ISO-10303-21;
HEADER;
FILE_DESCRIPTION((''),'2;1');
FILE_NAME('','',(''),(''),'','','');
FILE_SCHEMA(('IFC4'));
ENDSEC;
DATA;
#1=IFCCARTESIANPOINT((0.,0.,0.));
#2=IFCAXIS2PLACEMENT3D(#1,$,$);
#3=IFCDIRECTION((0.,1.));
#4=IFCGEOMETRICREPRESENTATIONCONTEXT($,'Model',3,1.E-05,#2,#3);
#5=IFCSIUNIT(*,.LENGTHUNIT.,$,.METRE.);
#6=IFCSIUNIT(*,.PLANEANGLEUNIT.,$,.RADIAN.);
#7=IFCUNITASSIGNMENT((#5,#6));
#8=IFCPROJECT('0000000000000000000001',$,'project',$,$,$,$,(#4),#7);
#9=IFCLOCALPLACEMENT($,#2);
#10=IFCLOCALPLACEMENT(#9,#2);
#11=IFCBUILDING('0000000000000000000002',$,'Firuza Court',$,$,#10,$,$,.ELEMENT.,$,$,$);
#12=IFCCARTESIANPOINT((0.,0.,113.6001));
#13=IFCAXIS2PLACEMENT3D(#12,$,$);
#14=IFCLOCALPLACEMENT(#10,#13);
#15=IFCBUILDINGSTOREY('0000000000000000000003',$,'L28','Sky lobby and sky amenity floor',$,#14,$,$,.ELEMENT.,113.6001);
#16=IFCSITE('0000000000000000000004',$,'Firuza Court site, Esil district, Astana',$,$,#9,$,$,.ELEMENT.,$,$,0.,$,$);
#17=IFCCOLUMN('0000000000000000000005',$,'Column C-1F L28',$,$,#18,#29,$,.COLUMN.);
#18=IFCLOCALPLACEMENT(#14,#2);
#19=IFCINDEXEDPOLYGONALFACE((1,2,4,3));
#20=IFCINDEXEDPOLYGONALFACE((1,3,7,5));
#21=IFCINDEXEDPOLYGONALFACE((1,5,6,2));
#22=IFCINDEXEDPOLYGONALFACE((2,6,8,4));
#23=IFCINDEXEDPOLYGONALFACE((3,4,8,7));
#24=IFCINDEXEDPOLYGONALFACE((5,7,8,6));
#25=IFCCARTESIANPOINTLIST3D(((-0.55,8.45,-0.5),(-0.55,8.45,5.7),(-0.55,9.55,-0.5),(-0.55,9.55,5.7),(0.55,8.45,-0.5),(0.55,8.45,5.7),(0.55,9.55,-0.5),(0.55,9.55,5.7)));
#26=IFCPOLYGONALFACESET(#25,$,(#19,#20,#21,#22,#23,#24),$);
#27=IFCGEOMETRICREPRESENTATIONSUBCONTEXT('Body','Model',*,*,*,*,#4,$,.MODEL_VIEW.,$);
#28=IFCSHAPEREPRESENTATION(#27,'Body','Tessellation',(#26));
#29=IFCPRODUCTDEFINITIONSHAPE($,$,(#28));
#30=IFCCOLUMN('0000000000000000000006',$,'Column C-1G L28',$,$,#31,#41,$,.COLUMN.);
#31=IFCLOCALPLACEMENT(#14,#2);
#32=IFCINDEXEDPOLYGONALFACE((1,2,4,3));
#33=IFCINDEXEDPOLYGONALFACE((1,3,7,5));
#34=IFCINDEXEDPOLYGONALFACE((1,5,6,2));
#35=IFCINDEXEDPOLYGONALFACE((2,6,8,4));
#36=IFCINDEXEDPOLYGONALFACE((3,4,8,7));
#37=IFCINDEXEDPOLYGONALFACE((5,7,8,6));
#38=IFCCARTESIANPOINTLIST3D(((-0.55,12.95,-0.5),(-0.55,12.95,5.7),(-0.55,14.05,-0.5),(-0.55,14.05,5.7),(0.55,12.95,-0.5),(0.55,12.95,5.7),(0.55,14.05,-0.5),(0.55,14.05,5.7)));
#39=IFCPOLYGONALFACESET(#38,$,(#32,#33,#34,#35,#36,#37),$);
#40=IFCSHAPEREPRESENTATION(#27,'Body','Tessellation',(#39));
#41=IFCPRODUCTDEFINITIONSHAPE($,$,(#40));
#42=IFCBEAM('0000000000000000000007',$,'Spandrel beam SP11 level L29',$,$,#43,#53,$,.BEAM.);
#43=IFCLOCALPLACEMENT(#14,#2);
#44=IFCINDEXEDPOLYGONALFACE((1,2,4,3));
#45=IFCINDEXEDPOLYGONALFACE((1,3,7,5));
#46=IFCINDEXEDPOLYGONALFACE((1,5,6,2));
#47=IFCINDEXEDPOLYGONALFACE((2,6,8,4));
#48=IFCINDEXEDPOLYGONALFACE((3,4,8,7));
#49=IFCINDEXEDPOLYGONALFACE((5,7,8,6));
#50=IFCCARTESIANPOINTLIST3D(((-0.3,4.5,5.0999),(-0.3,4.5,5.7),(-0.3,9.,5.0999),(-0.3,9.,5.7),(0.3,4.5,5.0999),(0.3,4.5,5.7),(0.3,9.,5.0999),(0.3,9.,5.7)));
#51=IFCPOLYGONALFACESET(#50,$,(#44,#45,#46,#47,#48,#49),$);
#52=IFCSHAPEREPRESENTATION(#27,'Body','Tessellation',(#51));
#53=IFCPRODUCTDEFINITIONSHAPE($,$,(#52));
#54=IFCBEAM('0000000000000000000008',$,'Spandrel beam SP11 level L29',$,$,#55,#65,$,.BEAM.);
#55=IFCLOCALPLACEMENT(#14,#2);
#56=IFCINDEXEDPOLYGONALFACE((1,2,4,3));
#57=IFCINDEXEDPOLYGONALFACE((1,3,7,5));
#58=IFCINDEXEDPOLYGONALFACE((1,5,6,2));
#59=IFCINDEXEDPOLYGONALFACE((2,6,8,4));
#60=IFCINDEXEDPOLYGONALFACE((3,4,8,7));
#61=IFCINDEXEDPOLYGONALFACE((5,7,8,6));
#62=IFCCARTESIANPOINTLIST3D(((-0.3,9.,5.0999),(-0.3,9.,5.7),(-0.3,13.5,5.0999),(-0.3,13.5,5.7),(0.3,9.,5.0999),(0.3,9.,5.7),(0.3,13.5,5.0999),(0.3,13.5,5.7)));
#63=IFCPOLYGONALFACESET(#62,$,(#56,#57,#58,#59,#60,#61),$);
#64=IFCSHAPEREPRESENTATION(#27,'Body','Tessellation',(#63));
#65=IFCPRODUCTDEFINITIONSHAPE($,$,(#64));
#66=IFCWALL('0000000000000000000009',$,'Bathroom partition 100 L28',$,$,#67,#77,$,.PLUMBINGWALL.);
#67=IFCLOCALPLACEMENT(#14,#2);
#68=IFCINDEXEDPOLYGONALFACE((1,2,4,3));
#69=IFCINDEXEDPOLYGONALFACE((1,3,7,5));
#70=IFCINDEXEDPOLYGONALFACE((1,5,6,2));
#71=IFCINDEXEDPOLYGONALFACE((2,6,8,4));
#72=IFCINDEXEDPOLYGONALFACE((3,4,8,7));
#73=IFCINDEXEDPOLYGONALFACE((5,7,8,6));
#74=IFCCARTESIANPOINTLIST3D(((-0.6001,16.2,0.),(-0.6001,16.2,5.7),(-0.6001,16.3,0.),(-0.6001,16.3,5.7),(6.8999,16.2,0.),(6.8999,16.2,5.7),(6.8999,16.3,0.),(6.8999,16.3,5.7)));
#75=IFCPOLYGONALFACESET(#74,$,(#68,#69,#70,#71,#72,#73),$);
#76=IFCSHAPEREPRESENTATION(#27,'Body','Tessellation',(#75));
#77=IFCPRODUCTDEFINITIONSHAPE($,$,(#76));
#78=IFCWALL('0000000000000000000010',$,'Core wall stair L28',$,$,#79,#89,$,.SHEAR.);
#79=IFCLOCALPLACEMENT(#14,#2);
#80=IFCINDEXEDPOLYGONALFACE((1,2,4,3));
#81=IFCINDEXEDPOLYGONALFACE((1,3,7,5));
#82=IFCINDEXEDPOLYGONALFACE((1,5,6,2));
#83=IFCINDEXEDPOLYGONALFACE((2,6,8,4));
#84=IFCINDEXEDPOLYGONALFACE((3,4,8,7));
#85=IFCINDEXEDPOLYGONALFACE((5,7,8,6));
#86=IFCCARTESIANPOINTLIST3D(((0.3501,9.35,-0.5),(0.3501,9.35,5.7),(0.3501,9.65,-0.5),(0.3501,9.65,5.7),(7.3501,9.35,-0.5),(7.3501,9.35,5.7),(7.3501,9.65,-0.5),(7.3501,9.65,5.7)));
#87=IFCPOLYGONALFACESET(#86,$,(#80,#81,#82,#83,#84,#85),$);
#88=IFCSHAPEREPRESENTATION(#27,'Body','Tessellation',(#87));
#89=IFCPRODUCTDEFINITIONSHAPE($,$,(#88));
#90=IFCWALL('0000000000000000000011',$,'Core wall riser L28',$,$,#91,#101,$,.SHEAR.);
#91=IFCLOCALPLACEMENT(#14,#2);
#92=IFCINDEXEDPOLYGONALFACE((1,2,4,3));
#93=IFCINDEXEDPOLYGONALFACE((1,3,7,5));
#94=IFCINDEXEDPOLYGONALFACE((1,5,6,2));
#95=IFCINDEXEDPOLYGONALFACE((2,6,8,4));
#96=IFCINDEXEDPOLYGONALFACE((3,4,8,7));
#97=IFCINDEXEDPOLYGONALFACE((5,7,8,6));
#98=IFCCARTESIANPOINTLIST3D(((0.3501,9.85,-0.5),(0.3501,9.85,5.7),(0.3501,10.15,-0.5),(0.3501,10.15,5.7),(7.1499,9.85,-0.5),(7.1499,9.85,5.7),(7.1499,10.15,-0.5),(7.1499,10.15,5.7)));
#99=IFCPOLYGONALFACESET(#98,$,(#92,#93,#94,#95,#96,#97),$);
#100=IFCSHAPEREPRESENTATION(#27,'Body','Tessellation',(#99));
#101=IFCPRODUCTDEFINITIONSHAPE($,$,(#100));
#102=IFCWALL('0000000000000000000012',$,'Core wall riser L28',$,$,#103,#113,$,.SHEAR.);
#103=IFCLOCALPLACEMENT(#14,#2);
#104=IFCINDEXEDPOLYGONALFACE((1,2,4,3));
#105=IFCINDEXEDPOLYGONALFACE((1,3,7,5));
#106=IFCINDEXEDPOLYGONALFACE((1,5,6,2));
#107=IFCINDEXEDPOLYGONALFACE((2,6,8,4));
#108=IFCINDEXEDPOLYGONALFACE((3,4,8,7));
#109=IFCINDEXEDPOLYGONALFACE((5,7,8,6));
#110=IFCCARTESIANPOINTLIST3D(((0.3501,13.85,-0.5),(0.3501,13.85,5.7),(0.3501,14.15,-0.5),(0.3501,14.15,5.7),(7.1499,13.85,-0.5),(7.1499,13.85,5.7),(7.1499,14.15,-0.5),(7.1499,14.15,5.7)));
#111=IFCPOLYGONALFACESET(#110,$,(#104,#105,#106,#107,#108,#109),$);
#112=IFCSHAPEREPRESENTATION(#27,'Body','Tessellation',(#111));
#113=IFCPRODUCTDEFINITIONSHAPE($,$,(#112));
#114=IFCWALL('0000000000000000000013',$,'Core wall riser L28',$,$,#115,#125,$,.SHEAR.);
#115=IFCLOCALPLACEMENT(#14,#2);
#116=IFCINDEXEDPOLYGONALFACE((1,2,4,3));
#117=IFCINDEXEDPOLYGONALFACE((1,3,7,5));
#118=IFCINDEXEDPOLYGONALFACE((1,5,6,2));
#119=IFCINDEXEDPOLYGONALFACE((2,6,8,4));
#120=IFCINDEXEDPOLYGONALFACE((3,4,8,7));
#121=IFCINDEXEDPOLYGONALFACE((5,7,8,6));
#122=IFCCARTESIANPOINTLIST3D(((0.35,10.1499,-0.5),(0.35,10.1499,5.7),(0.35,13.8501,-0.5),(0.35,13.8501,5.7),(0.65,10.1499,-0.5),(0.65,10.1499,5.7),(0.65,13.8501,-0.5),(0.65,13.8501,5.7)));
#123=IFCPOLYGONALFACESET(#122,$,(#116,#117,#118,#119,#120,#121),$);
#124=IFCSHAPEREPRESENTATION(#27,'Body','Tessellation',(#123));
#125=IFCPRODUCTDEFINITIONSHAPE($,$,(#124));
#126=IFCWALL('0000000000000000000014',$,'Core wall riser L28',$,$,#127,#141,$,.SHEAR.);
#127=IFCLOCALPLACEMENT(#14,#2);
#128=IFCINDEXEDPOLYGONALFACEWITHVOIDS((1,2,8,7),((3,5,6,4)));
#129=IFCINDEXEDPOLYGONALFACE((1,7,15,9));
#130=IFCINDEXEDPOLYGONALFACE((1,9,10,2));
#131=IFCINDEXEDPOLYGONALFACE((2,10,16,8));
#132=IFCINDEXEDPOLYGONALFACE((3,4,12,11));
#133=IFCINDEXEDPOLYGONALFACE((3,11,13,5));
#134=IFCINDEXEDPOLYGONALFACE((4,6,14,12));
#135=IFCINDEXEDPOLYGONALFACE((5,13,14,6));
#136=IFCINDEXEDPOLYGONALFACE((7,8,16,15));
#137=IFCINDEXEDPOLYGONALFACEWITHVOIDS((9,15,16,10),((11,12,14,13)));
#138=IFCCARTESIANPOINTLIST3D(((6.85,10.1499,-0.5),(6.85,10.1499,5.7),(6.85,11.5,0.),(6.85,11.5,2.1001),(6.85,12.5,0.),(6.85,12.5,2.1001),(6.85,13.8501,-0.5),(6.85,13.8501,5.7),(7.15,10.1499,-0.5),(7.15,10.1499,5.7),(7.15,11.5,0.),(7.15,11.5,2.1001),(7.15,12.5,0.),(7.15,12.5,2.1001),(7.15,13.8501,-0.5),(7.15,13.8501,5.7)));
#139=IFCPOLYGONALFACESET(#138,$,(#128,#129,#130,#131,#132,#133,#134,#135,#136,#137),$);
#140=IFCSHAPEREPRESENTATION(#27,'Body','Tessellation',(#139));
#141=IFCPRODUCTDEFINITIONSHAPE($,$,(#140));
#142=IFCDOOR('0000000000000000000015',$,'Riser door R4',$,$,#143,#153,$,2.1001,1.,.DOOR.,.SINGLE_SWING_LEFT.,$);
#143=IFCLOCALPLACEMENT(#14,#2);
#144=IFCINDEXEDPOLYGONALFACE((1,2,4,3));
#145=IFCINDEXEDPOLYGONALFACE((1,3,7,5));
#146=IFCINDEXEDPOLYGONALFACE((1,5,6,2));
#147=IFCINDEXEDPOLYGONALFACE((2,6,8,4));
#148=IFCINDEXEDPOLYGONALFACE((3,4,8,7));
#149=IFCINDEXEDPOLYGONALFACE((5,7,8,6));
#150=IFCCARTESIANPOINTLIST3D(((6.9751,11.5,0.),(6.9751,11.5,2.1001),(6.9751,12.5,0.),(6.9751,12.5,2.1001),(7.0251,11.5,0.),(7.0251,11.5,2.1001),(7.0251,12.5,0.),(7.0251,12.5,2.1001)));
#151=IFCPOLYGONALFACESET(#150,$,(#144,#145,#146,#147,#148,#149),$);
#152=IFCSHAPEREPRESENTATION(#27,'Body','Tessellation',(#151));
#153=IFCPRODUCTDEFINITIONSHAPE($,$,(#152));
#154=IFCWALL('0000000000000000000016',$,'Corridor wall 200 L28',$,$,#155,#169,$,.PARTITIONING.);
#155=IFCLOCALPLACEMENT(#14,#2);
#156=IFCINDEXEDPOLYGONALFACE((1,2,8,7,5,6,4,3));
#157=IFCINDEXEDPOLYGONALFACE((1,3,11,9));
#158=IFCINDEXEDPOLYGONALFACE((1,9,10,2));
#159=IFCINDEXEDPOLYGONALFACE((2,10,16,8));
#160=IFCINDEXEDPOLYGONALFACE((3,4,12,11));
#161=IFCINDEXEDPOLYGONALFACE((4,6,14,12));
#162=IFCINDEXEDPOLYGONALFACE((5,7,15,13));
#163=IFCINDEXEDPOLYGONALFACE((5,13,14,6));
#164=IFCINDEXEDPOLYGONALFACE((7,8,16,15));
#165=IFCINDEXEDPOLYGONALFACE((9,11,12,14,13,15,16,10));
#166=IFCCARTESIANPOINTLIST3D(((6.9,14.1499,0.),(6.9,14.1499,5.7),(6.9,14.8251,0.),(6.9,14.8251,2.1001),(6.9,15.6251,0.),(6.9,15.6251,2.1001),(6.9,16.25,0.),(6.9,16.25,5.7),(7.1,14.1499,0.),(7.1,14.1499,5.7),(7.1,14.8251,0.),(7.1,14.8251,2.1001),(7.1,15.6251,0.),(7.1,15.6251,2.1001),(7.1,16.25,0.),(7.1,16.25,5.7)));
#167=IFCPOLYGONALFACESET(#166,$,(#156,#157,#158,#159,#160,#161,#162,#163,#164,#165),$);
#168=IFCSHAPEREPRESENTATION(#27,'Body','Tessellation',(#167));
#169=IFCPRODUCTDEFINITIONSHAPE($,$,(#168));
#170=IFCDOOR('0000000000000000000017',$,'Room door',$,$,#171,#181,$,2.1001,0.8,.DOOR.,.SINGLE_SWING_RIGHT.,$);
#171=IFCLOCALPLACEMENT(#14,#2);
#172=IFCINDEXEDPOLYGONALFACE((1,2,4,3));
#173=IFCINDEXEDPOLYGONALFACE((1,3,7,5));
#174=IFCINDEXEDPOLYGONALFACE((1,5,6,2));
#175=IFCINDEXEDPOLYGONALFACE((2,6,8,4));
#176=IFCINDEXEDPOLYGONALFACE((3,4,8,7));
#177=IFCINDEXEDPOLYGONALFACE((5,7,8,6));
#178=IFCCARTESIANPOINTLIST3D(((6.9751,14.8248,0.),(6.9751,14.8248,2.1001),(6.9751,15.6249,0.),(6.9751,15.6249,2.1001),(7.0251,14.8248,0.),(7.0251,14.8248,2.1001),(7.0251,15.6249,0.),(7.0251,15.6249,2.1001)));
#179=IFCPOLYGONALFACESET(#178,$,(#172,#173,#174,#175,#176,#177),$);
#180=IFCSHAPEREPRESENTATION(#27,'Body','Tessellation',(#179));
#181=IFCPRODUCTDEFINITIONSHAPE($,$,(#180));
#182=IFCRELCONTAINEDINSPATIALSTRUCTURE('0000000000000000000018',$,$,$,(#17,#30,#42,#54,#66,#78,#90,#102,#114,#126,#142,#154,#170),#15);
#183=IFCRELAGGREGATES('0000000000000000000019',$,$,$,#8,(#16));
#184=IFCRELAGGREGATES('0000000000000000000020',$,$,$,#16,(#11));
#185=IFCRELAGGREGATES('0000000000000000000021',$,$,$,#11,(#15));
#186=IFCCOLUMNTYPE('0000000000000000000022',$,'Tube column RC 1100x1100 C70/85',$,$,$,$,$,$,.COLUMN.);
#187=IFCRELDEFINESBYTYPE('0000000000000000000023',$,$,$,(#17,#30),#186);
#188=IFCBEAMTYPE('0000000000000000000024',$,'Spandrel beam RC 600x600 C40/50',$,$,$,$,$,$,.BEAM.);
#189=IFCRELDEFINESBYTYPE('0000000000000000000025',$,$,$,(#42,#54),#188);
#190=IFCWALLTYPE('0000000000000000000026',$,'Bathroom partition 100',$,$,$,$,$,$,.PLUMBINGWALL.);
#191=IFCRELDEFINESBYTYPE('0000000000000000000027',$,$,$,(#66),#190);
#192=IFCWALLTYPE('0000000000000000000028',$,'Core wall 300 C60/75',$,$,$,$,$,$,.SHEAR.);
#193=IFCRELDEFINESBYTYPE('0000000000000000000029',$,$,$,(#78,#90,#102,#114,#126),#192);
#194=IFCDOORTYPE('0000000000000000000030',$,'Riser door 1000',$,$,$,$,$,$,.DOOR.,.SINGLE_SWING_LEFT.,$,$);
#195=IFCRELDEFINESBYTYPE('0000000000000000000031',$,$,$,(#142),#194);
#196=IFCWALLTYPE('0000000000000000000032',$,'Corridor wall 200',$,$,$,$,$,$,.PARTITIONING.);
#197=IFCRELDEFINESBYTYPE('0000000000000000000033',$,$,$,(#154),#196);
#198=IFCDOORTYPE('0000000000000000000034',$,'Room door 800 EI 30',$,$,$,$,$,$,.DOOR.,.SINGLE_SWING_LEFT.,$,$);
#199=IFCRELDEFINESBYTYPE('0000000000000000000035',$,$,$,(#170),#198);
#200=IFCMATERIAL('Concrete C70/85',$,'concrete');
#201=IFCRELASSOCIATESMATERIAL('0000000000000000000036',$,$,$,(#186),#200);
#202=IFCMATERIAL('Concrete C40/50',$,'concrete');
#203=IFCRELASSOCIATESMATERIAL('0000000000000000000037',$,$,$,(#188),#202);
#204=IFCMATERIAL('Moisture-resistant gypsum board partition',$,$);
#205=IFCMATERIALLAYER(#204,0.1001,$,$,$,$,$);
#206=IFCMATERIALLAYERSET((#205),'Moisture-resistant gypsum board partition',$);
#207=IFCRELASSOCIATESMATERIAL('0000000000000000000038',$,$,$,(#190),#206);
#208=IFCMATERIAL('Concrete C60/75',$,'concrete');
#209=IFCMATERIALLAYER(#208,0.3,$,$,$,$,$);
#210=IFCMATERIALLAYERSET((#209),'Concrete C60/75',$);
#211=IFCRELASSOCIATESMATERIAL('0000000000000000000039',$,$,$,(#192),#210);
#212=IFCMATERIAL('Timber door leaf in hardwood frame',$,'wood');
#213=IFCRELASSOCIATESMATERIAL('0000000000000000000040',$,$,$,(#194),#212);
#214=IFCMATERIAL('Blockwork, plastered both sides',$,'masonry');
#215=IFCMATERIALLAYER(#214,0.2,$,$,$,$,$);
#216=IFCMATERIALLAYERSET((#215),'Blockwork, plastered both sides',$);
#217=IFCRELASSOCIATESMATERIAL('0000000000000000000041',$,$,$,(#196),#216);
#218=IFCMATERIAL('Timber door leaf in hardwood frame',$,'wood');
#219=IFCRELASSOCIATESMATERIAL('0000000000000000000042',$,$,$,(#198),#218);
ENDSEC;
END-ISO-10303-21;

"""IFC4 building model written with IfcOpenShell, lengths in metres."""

from ifc_helpers import new_model, si_unit, direction, frame, frame_2d, origin, origin_2d, place, context, subcontext, project, spatial, rectangle, extrude, material, layer, layer_set, material_profile, profile_set, type_object, element, fill, save


model = new_model("IFC4")

# Units and contexts
model_context = context("Model", 3, precision=1e-05, world=origin(), true_north=direction((0.0, 1.0)))
body_context = subcontext(model_context, "Body", "Model", "MODEL_VIEW")
ifc_project = project(units=[si_unit("LENGTHUNIT", "METRE"), si_unit("PLANEANGLEUNIT", "RADIAN")], contexts=[model_context])

# Site, building, storey
site_placement = place(None, origin())
site = spatial("IfcSite", under=ifc_project, at=site_placement, Name="Firuza Court site, Esil district, Astana", CompositionType="ELEMENT", RefElevation=0.0)
building_placement = place(site_placement, origin())
building = spatial("IfcBuilding", under=site, at=building_placement, Name="Firuza Court", CompositionType="ELEMENT")
storey_placement = place(building_placement, frame((0.0, 0.0, 113.6001)))
storey = spatial("IfcBuildingStorey", under=building, at=storey_placement, Name="L28", Description="Sky lobby and sky amenity floor", CompositionType="ELEMENT", Elevation=113.6001)

# Columns
ifc_material_1 = material(Name="Concrete C70/85", Category="concrete")
ifc_material_profile_1 = material_profile(ifc_material_1, rectangle(XDim=1.1001, YDim=1.1001, at=origin_2d()), Name="RC 1100x1100")
ifc_profile_set_1 = profile_set([ifc_material_profile_1], Name="Concrete C70/85")
column_type = type_object("IfcColumnType", Name="Tube column RC 1100x1100 C70/85", PredefinedType="COLUMN", material=ifc_profile_set_1)
for number, where, z_axis, x_axis, name in (
    (1, (0.0, 9.0, -0.5), (0.0, 0.0, 1.0), (1.0, 0.0, 0.0), "Column C-1F L28"),
    (2, (0.0, 13.5, -0.5), (0.0, 0.0, 1.0), (1.0, 0.0, 0.0), "Column C-1G L28"),
):
    element("IfcColumn", number, at=place(storey_placement, frame(where, z_axis=z_axis, x_axis=x_axis)), inside=storey, type_object=column_type, Name=name, PredefinedType="COLUMN", context=body_context, shape_type="SweptSolid", body=[
        extrude(rectangle(XDim=1.1001, YDim=1.1001, at=origin_2d()), origin(), (0.0, 0.0, 1.0), 6.2),
    ])

# Beams
ifc_material_2 = material(Name="Concrete C40/50", Category="concrete")
ifc_material_profile_2 = material_profile(ifc_material_2, rectangle(XDim=0.6001, YDim=0.6001, at=origin_2d()), Name="RC 600x600")
ifc_profile_set_2 = profile_set([ifc_material_profile_2], Name="Concrete C40/50")
beam_type = type_object("IfcBeamType", Name="Spandrel beam RC 600x600 C40/50", PredefinedType="BEAM", material=ifc_profile_set_2)
for number, where, z_axis, x_axis, name in (
    (3, (0.0, 9.0, 5.3999), (0.0, -1.0, 0.0), (1.0, 0.0, 0.0), "Spandrel beam SP11 level L29"),
    (4, (0.0, 13.5, 5.3999), (0.0, -1.0, 0.0), (1.0, 0.0, 0.0), "Spandrel beam SP11 level L29"),
):
    element("IfcBeam", number, at=place(storey_placement, frame(where, z_axis=z_axis, x_axis=x_axis)), inside=storey, type_object=beam_type, Name=name, PredefinedType="BEAM", context=body_context, shape_type="SweptSolid", body=[
        extrude(rectangle(XDim=0.6001, YDim=0.6001, at=origin_2d()), origin(), (0.0, 0.0, 1.0), 4.5),
    ])

# Walls
ifc_material_3 = material(Name="Moisture-resistant gypsum board partition")
ifc_layer_1 = layer(ifc_material_3, 0.1001)
ifc_layer_set_1 = layer_set([ifc_layer_1], Name="Moisture-resistant gypsum board partition")
wall_type_1 = type_object("IfcWallType", Name="Bathroom partition 100", PredefinedType="PLUMBINGWALL", material=ifc_layer_set_1)
wall_1_placement = place(storey_placement, frame((-0.6001, 16.25, 0.0), z_axis=(0.0, 0.0, 1.0), x_axis=(1.0, 0.0, 0.0)))
element("IfcWall", 5, at=wall_1_placement, inside=storey, type_object=wall_type_1, Name="Bathroom partition 100 L28", PredefinedType="PLUMBINGWALL", context=body_context, shape_type="SweptSolid", body=[
    extrude(rectangle(XDim=7.5, YDim=0.1001, at=frame_2d((3.75, 0.0))), origin(), (0.0, 0.0, 1.0), 5.7),
])
ifc_material_4 = material(Name="Concrete C60/75", Category="concrete")
ifc_layer_2 = layer(ifc_material_4, 0.3)
ifc_layer_set_2 = layer_set([ifc_layer_2], Name="Concrete C60/75")
wall_type_2 = type_object("IfcWallType", Name="Core wall 300 C60/75", PredefinedType="SHEAR", material=ifc_layer_set_2)
wall_2_placement = place(storey_placement, frame((0.3501, 9.5, -0.5), z_axis=(0.0, 0.0, 1.0), x_axis=(1.0, 0.0, 0.0)))
element("IfcWall", 6, at=wall_2_placement, inside=storey, type_object=wall_type_2, Name="Core wall stair L28", PredefinedType="SHEAR", context=body_context, shape_type="SweptSolid", body=[
    extrude(rectangle(XDim=7.0, YDim=0.3, at=frame_2d((3.5, 0.0))), origin(), (0.0, 0.0, 1.0), 6.2),
])
for number, where, z_axis, x_axis, name in (
    (7, (0.3501, 10.0, -0.5), (0.0, 0.0, 1.0), (1.0, 0.0, 0.0), "Core wall riser L28"),
    (8, (0.3501, 14.0, -0.5), (0.0, 0.0, 1.0), (1.0, 0.0, 0.0), "Core wall riser L28"),
):
    element("IfcWall", number, at=place(storey_placement, frame(where, z_axis=z_axis, x_axis=x_axis)), inside=storey, type_object=wall_type_2, Name=name, PredefinedType="SHEAR", context=body_context, shape_type="SweptSolid", body=[
        extrude(rectangle(XDim=6.7998, YDim=0.3, at=frame_2d((3.3999, 0.0))), origin(), (0.0, 0.0, 1.0), 6.2),
    ])
wall_3_placement = place(storey_placement, frame((0.5, 10.1499, -0.5), z_axis=(0.0, 0.0, 1.0), x_axis=(0.0, 1.0, 0.0)))
element("IfcWall", 9, at=wall_3_placement, inside=storey, type_object=wall_type_2, Name="Core wall riser L28", PredefinedType="SHEAR", context=body_context, shape_type="SweptSolid", body=[
    extrude(rectangle(XDim=3.7002, YDim=0.3, at=frame_2d((1.8501, 0.0))), origin(), (0.0, 0.0, 1.0), 6.2),
])

# Walls, openings, doors
wall_4_placement = place(storey_placement, frame((7.0, 10.1499, -0.5), z_axis=(0.0, 0.0, 1.0), x_axis=(0.0, 1.0, 0.0)))
wall_4 = element("IfcWall", 10, at=wall_4_placement, inside=storey, type_object=wall_type_2, Name="Core wall riser L28", PredefinedType="SHEAR", context=body_context, shape_type="SweptSolid", body=[
    extrude(rectangle(XDim=3.7002, YDim=0.3, at=frame_2d((1.8501, 0.0))), origin(), (0.0, 0.0, 1.0), 6.2),
])
opening_1_placement = place(wall_4_placement, frame((1.3501, 0.0, 0.5)))
opening_1 = element("IfcOpeningElement", 11, at=opening_1_placement, cuts=wall_4, PredefinedType="OPENING", context=body_context, shape_type="SweptSolid", body=[
    extrude(rectangle(XDim=1.0, YDim=2.1001, at=frame_2d((0.5, 1.05))), frame((0.0, 0.1621, 0.0), z_axis=(0.0, -1.0, 0.0), x_axis=(1.0, 0.0, 0.0)), (0.0, 0.0, 1.0), 0.324),
])
ifc_material_5 = material(Name="Timber door leaf in hardwood frame", Category="wood")
door_type_1 = type_object("IfcDoorType", Name="Riser door 1000", OperationType="SINGLE_SWING_LEFT", PredefinedType="DOOR", material=ifc_material_5)
door_1_placement = place(opening_1_placement, origin())
door_1 = element("IfcDoor", 12, at=door_1_placement, inside=storey, type_object=door_type_1, Name="Riser door R4", OperationType="SINGLE_SWING_LEFT", OverallHeight=2.1001, OverallWidth=1.0, PredefinedType="DOOR", context=body_context, shape_type="SweptSolid", body=[
    extrude(rectangle(XDim=1.0, YDim=2.1001, at=frame_2d((0.5, 1.05))), frame((0.0, 0.0249, 0.0), z_axis=(0.0, -1.0, 0.0), x_axis=(1.0, 0.0, 0.0)), (0.0, 0.0, 1.0), 0.05),
])
fill(opening_1, door_1)
ifc_material_6 = material(Name="Blockwork, plastered both sides", Category="masonry")
ifc_layer_3 = layer(ifc_material_6, 0.2)
ifc_layer_set_3 = layer_set([ifc_layer_3], Name="Blockwork, plastered both sides")
wall_type_3 = type_object("IfcWallType", Name="Corridor wall 200", PredefinedType="PARTITIONING", material=ifc_layer_set_3)
wall_5_placement = place(storey_placement, frame((7.0, 16.25, 0.0), z_axis=(0.0, 0.0, 1.0), x_axis=(0.0, -1.0, 0.0)))
wall_5 = element("IfcWall", 13, at=wall_5_placement, inside=storey, type_object=wall_type_3, Name="Corridor wall 200 L28", PredefinedType="PARTITIONING", context=body_context, shape_type="SweptSolid", body=[
    extrude(rectangle(XDim=2.1001, YDim=0.2, at=frame_2d((1.05, 0.0))), origin(), (0.0, 0.0, 1.0), 5.7),
])
opening_2_placement = place(wall_5_placement, frame((0.625, 0.0, 0.0)))
opening_2 = element("IfcOpeningElement", 14, at=opening_2_placement, cuts=wall_5, PredefinedType="OPENING", context=body_context, shape_type="SweptSolid", body=[
    extrude(rectangle(XDim=0.8, YDim=2.1001, at=frame_2d((0.3999, 1.05))), frame((0.0, 0.1118, 0.0), z_axis=(0.0, -1.0, 0.0), x_axis=(1.0, 0.0, 0.0)), (0.0, 0.0, 1.0), 0.2239),
])
ifc_material_7 = material(Name="Timber door leaf in hardwood frame", Category="wood")
door_type_2 = type_object("IfcDoorType", Name="Room door 800 EI 30", OperationType="SINGLE_SWING_LEFT", PredefinedType="DOOR", material=ifc_material_7)
door_2_placement = place(opening_2_placement, frame((0.8, 0.0, 0.0), z_axis=(0.0, 0.0, 1.0), x_axis=(-1.0, 0.0, 0.0)))
door_2 = element("IfcDoor", 15, at=door_2_placement, inside=storey, type_object=door_type_2, Name="Room door", OperationType="SINGLE_SWING_RIGHT", OverallHeight=2.1001, OverallWidth=0.8, PredefinedType="DOOR", context=body_context, shape_type="SweptSolid", body=[
    extrude(rectangle(XDim=0.8, YDim=2.1001, at=frame_2d((0.3999, 1.05))), frame((0.0, 0.0249, 0.0), z_axis=(0.0, -1.0, 0.0), x_axis=(1.0, 0.0, 0.0)), (0.0, 0.0, 1.0), 0.05),
])
fill(opening_2, door_2)

save(model, "model.ifc")
